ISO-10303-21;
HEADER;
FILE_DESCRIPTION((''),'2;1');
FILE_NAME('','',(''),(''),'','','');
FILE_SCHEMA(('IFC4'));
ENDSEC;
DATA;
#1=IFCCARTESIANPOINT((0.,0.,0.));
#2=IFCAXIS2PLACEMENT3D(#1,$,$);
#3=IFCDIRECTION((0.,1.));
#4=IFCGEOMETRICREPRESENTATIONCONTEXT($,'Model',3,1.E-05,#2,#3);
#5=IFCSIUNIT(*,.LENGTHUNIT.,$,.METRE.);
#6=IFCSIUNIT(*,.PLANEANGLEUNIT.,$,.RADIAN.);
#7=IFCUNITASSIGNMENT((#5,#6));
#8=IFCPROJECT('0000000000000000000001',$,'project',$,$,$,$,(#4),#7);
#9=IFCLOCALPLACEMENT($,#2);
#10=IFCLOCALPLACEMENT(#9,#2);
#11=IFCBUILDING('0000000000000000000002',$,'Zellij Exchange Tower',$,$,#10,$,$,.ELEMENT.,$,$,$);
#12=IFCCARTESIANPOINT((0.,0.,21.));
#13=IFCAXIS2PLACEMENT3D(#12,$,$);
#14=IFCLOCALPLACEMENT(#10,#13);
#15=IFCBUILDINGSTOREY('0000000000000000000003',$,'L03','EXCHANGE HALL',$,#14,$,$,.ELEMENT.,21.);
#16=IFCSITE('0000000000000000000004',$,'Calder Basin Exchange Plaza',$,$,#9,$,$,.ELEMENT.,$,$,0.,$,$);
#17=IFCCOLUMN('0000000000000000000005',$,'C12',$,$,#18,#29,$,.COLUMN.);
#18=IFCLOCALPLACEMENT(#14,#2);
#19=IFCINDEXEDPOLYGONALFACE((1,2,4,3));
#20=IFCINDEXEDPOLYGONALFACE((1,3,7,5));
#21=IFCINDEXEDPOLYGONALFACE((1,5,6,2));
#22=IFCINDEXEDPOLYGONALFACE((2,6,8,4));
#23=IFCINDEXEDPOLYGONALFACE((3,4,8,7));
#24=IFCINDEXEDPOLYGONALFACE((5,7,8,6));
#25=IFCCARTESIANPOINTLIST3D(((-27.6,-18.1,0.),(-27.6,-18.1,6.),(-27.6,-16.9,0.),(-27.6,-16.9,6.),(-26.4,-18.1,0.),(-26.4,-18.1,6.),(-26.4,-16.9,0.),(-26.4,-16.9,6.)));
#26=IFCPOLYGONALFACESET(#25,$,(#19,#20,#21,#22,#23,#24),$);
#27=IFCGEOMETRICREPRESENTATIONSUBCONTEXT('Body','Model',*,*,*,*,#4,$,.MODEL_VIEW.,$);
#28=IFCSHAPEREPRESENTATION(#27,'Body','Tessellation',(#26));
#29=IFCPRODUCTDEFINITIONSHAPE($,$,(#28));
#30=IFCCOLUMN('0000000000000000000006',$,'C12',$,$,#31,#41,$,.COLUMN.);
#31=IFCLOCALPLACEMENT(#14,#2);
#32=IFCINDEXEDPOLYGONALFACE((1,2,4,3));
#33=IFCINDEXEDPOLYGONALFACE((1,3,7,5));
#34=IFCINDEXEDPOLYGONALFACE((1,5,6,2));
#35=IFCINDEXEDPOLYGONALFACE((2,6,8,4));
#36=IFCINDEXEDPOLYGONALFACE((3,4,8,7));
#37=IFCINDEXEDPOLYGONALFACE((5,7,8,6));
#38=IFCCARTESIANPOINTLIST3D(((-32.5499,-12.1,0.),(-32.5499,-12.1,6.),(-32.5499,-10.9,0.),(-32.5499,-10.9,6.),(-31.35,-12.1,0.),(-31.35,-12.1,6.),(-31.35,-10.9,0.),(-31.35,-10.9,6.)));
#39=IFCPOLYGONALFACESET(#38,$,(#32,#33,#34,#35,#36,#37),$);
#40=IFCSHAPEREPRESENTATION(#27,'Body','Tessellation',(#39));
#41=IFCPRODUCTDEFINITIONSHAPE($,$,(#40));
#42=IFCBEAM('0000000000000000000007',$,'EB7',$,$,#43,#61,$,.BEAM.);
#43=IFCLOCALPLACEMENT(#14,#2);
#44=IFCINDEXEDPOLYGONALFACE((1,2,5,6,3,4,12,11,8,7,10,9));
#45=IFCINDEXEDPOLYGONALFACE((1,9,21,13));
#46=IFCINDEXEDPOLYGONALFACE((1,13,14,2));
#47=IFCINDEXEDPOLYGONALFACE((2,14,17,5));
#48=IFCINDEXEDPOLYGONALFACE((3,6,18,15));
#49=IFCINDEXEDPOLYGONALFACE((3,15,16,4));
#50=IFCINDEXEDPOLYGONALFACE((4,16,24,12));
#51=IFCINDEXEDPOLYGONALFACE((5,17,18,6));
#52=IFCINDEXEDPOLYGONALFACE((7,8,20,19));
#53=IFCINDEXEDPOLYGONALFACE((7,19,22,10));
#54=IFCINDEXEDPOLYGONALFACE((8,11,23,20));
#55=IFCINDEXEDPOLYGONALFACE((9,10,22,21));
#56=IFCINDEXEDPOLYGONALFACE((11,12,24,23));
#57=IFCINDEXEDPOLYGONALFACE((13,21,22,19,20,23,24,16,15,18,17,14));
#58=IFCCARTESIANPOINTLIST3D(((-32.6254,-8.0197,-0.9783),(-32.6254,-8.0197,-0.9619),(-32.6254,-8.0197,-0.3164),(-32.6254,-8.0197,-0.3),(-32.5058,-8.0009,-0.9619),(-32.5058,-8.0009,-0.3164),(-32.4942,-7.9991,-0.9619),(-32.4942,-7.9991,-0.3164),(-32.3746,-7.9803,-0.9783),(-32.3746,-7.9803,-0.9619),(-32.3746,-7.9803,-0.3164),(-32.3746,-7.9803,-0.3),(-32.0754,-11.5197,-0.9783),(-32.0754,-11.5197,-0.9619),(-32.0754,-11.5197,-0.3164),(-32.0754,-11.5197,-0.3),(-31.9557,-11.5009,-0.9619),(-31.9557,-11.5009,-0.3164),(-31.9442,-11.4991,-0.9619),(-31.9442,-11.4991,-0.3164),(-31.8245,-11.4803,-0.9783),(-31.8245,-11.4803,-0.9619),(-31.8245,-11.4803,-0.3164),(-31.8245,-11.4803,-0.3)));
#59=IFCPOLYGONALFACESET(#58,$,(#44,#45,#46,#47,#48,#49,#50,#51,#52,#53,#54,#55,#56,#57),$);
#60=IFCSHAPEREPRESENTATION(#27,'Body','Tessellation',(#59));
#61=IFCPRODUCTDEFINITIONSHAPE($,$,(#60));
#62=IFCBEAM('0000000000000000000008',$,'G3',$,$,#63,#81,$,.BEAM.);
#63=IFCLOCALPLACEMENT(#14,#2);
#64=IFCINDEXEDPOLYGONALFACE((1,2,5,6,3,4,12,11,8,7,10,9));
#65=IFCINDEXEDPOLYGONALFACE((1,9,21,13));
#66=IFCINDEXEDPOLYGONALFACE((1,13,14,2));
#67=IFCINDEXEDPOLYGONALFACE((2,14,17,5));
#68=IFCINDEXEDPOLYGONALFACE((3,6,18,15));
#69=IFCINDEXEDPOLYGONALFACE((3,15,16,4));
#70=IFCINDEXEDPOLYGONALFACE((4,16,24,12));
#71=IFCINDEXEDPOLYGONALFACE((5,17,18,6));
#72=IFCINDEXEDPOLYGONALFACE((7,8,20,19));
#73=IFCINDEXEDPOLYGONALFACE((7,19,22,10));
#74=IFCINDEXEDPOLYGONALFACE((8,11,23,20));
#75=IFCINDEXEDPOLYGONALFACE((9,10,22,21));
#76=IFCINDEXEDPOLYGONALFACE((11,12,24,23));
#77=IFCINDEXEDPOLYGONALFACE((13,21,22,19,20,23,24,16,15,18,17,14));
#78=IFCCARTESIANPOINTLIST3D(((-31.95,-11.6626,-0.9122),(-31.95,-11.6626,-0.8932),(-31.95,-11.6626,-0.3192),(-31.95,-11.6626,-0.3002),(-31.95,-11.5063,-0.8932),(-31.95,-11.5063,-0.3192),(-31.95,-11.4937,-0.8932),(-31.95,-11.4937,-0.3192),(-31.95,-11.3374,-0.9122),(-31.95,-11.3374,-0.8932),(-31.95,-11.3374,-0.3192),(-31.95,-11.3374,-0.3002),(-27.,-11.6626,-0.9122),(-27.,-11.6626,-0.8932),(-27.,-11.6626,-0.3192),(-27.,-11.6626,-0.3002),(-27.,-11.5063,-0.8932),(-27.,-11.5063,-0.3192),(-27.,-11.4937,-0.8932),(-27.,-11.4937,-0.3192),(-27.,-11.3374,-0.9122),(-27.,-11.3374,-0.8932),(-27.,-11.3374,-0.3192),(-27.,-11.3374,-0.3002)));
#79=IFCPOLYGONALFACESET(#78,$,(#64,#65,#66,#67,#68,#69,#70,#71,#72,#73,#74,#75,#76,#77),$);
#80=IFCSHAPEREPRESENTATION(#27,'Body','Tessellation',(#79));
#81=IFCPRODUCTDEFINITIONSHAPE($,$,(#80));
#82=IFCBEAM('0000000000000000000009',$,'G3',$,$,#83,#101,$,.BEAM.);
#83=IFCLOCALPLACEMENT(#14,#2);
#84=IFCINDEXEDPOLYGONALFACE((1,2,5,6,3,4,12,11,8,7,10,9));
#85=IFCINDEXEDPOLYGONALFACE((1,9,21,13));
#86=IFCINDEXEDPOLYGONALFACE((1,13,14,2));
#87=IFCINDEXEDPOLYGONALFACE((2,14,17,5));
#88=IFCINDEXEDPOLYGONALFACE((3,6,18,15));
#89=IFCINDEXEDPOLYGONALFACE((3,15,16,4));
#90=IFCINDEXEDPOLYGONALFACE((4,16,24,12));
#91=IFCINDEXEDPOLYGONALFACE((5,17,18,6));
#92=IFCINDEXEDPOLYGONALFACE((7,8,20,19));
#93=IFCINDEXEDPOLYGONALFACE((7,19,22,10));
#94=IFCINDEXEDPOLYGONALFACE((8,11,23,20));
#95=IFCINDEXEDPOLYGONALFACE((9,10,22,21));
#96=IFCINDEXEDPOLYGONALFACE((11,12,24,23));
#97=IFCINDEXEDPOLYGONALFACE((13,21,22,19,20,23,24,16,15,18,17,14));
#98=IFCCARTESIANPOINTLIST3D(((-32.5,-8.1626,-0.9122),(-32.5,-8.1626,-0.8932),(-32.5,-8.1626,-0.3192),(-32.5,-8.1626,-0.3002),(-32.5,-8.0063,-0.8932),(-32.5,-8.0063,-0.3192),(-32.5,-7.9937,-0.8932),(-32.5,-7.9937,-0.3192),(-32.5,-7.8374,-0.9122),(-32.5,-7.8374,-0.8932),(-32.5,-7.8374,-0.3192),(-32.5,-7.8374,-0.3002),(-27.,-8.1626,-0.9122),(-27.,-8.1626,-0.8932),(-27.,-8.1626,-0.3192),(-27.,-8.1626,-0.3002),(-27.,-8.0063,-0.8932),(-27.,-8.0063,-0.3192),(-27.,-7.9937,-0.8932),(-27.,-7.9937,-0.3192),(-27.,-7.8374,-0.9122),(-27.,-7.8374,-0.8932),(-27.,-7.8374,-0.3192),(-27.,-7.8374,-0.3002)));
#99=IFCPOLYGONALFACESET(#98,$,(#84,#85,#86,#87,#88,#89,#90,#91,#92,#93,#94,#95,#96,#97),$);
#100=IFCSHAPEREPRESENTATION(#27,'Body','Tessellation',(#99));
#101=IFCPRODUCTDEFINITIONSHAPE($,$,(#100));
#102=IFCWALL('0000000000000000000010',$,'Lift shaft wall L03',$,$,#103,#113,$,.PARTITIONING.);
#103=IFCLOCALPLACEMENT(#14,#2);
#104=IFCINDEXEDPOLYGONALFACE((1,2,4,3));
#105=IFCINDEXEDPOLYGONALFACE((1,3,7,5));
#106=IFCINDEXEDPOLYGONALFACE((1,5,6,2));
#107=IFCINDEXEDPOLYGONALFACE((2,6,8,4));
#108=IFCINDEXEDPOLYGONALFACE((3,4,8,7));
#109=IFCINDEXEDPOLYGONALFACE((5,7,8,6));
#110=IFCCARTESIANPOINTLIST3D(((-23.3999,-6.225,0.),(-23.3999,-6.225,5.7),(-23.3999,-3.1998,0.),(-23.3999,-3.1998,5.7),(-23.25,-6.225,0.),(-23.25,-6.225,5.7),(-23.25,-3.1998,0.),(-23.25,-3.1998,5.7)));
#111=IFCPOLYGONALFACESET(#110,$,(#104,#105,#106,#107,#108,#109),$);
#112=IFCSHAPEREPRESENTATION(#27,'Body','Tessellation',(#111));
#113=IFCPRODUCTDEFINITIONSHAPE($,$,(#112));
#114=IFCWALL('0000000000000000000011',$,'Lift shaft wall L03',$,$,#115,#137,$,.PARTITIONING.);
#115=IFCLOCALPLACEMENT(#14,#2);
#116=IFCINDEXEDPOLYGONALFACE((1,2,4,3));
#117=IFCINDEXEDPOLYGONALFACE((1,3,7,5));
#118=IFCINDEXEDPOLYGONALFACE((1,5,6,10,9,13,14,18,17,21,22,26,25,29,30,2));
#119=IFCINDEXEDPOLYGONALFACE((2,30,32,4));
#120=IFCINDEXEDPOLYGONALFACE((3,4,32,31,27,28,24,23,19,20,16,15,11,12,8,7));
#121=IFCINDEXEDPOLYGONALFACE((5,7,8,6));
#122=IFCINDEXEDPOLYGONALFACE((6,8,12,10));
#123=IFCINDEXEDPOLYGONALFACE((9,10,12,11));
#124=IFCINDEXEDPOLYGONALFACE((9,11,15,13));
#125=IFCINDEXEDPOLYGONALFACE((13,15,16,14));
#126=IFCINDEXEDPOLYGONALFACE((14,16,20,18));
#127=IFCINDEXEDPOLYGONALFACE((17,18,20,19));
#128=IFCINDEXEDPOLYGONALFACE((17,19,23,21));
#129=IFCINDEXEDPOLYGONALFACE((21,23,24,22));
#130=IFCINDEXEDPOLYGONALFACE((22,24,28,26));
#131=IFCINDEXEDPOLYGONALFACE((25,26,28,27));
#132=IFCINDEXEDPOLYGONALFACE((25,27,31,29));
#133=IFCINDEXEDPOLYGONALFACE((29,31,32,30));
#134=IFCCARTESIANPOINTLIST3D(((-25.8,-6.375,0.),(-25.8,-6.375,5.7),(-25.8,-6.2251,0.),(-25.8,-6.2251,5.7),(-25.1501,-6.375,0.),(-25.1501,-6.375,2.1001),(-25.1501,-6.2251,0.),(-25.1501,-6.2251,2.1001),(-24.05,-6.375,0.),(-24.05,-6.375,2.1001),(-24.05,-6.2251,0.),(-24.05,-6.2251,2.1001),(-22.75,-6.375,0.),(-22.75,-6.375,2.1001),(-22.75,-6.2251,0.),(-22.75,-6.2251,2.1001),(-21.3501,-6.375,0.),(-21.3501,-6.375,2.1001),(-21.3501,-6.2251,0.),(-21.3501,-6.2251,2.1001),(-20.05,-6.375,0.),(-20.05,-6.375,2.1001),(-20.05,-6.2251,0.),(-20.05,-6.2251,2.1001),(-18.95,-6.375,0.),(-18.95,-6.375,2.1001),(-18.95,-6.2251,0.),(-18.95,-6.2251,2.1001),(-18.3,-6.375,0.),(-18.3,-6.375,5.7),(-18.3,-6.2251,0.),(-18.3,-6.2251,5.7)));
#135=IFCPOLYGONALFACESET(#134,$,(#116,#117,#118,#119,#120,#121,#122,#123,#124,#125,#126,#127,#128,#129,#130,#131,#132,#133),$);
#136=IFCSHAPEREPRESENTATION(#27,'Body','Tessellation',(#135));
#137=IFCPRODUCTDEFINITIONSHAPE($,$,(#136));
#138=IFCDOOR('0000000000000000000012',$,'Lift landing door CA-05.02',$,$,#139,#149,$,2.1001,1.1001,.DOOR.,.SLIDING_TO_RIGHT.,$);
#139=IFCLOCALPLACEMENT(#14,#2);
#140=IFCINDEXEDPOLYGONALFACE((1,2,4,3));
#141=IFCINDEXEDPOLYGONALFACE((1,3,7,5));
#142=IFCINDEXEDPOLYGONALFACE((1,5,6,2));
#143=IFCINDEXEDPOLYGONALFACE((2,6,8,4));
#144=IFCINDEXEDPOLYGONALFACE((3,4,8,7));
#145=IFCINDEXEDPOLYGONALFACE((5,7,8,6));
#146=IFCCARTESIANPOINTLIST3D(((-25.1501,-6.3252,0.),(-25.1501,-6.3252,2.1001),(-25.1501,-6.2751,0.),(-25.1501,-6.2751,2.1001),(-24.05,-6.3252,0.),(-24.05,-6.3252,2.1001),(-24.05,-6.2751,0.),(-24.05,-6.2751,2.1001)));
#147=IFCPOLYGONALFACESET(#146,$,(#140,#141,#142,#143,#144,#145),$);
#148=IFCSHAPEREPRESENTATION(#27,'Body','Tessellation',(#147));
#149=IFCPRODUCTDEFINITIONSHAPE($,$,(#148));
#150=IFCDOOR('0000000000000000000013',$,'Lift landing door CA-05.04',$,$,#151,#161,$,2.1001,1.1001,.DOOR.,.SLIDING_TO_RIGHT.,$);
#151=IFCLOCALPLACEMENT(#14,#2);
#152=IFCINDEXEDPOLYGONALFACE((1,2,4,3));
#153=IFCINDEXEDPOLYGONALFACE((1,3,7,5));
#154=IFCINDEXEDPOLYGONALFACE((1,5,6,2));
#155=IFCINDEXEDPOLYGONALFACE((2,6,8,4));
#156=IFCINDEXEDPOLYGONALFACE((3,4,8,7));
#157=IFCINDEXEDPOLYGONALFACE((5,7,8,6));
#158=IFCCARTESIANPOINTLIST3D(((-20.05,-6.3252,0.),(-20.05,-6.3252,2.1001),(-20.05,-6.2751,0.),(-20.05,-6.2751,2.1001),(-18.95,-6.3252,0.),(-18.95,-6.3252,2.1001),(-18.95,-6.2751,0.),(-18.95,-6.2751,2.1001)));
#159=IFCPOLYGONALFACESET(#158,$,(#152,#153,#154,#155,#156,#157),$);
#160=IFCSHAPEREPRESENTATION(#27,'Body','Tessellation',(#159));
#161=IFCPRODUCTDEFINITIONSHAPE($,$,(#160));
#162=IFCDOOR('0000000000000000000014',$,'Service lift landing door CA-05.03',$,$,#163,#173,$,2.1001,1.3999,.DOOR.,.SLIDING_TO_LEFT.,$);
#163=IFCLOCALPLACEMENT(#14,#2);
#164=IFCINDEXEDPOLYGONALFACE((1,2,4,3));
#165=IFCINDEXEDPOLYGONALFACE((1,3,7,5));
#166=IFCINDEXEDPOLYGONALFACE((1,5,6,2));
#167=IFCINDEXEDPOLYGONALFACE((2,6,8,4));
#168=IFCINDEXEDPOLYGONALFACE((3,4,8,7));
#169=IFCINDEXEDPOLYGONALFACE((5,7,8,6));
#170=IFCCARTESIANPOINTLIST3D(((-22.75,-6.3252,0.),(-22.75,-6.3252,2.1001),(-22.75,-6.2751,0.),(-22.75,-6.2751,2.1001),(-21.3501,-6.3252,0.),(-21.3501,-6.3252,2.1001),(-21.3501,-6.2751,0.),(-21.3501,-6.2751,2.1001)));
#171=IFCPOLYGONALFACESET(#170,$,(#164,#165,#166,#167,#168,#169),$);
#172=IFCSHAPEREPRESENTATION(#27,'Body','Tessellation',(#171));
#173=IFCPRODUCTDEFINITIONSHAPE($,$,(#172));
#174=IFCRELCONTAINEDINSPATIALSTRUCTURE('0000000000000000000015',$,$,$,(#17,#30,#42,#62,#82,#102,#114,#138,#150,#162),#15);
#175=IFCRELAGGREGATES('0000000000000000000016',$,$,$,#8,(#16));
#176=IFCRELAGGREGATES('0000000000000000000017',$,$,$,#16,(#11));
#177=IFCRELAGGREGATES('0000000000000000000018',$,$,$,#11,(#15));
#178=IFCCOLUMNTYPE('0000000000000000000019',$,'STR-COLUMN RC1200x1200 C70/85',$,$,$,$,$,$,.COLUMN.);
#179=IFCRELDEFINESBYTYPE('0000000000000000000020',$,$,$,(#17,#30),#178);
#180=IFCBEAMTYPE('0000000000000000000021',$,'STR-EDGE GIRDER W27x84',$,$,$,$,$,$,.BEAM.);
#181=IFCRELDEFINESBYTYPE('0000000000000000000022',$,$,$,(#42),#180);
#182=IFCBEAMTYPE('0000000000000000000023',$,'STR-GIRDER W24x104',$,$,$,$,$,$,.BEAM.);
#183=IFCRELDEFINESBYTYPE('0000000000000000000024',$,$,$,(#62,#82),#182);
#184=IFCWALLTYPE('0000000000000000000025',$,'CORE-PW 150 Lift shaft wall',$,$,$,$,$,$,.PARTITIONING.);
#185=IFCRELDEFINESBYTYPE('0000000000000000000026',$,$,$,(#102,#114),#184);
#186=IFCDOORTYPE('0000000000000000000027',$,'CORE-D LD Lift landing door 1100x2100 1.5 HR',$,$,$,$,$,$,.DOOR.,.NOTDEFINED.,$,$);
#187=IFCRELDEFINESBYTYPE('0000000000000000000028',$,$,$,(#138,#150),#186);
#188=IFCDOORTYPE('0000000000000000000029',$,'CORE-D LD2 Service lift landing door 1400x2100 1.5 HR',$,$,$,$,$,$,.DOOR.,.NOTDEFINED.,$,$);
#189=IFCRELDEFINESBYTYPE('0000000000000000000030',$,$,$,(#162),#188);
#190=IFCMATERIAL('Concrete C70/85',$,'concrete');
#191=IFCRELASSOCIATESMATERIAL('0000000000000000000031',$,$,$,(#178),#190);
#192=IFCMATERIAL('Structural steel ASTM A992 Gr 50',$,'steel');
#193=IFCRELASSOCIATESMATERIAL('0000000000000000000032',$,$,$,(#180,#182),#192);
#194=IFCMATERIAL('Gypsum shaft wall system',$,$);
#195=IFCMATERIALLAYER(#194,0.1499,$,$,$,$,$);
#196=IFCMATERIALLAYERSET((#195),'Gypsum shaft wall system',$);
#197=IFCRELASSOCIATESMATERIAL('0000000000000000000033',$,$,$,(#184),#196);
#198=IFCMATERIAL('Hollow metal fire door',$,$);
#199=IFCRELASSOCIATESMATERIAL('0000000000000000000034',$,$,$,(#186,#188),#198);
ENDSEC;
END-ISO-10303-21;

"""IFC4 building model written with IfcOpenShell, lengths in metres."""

from ifc_helpers import new_model, si_unit, direction, frame, frame_2d, origin, origin_2d, place, context, subcontext, project, spatial, rectangle, i_section, extrude, material, layer, layer_set, material_profile, profile_set, type_object, element, fill, save


model = new_model("IFC4")

# Units and contexts
model_context = context("Model", 3, precision=1e-05, world=origin(), true_north=direction((0.0, 1.0)))
body_context = subcontext(model_context, "Body", "Model", "MODEL_VIEW")
ifc_project = project(units=[si_unit("LENGTHUNIT", "METRE"), si_unit("PLANEANGLEUNIT", "RADIAN")], contexts=[model_context])

# Site, building, storey
site_placement = place(None, origin())
site = spatial("IfcSite", under=ifc_project, at=site_placement, Name="Calder Basin Exchange Plaza", CompositionType="ELEMENT", RefElevation=0.0)
building_placement = place(site_placement, origin())
building = spatial("IfcBuilding", under=site, at=building_placement, Name="Zellij Exchange Tower", CompositionType="ELEMENT")
storey_placement = place(building_placement, frame((0.0, 0.0, 21.0)))
storey = spatial("IfcBuildingStorey", under=building, at=storey_placement, Name="L03", Description="EXCHANGE HALL", CompositionType="ELEMENT", Elevation=21.0)

# Columns
ifc_material_1 = material(Name="Concrete C70/85", Category="concrete")
ifc_material_profile_1 = material_profile(ifc_material_1, rectangle(XDim=1.2, YDim=1.2, at=origin_2d()), Name="STR-COLUMN RC1200x1200 C70/85")
ifc_profile_set_1 = profile_set([ifc_material_profile_1], Name="Concrete C70/85")
column_type = type_object("IfcColumnType", Name="STR-COLUMN RC1200x1200 C70/85", PredefinedType="COLUMN", material=ifc_profile_set_1)
for number, where, z_axis, x_axis, name in (
    (1, (-27.0, -17.5, 0.0), (0.0, 0.0, 1.0), (1.0, 0.0, 0.0), "C12"),
    (2, (-31.95, -11.5, 0.0), (0.0, 0.0, 1.0), (1.0, 0.0, 0.0), "C12"),
):
    element("IfcColumn", number, at=place(storey_placement, frame(where, z_axis=z_axis, x_axis=x_axis)), inside=storey, type_object=column_type, Name=name, PredefinedType="COLUMN", context=body_context, shape_type="SweptSolid", body=[
        extrude(rectangle(XDim=1.2, YDim=1.2, at=origin_2d()), origin(), (0.0, 0.0, 1.0), 6.0),
    ])

# Beams
ifc_material_2 = material(Name="Structural steel ASTM A992 Gr 50", Category="steel")
ifc_material_profile_2 = material_profile(ifc_material_2, i_section(OverallWidth=0.2539, OverallDepth=0.6782, WebThickness=0.0117, FlangeThickness=0.0164, at=origin_2d()), Name="W27x84")
ifc_profile_set_2 = profile_set([ifc_material_profile_2], Name="Structural steel ASTM A992 Gr 50")
beam_type_1 = type_object("IfcBeamType", Name="STR-EDGE GIRDER W27x84", PredefinedType="BEAM", material=ifc_profile_set_2)
beam_1_placement = place(storey_placement, frame((-31.95, -11.5, -0.6392), z_axis=(-0.155251, 0.987875, 0.0), x_axis=(-0.987875, -0.155251, 0.0)))
element("IfcBeam", 3, at=beam_1_placement, inside=storey, type_object=beam_type_1, Name="EB7", PredefinedType="BEAM", context=body_context, shape_type="SweptSolid", body=[
    extrude(i_section(OverallWidth=0.2539, OverallDepth=0.6782, WebThickness=0.0117, FlangeThickness=0.0164, at=origin_2d()), origin(), (0.0, 0.0, 1.0), 3.543),
])
ifc_material_profile_3 = material_profile(ifc_material_2, i_section(OverallWidth=0.3252, OverallDepth=0.6121, WebThickness=0.0127, FlangeThickness=0.019, at=origin_2d()), Name="W24x104")
ifc_profile_set_3 = profile_set([ifc_material_profile_3], Name="Structural steel ASTM A992 Gr 50")
beam_type_2 = type_object("IfcBeamType", Name="STR-GIRDER W24x104", PredefinedType="BEAM", material=ifc_profile_set_3)
beam_2_placement = place(storey_placement, frame((-31.95, -11.5, -0.6062), z_axis=(1.0, 0.0, 0.0), x_axis=(0.0, 1.0, 0.0)))
element("IfcBeam", 4, at=beam_2_placement, inside=storey, type_object=beam_type_2, Name="G3", PredefinedType="BEAM", context=body_context, shape_type="SweptSolid", body=[
    extrude(i_section(OverallWidth=0.3252, OverallDepth=0.6121, WebThickness=0.0127, FlangeThickness=0.019, at=origin_2d()), origin(), (0.0, 0.0, 1.0), 4.95),
])
beam_3_placement = place(storey_placement, frame((-32.5, -8.0, -0.6062), z_axis=(1.0, 0.0, 0.0), x_axis=(0.0, 1.0, 0.0)))
element("IfcBeam", 5, at=beam_3_placement, inside=storey, type_object=beam_type_2, Name="G3", PredefinedType="BEAM", context=body_context, shape_type="SweptSolid", body=[
    extrude(i_section(OverallWidth=0.3252, OverallDepth=0.6121, WebThickness=0.0127, FlangeThickness=0.019, at=origin_2d()), origin(), (0.0, 0.0, 1.0), 5.5),
])

# Wall
ifc_material_3 = material(Name="Gypsum shaft wall system")
ifc_layer_1 = layer(ifc_material_3, 0.1499)
ifc_layer_set_1 = layer_set([ifc_layer_1], Name="Gypsum shaft wall system")
wall_type_1 = type_object("IfcWallType", Name="CORE-PW 150 Lift shaft wall", PredefinedType="PARTITIONING", material=ifc_layer_set_1)
wall_1_placement = place(storey_placement, frame((-23.325, -6.2251, 0.0), z_axis=(0.0, 0.0, 1.0), x_axis=(0.0, 1.0, 0.0)))
element("IfcWall", 6, at=wall_1_placement, inside=storey, type_object=wall_type_1, Name="Lift shaft wall L03", PredefinedType="PARTITIONING", context=body_context, shape_type="SweptSolid", body=[
    extrude(rectangle(XDim=3.0251, YDim=0.1499, at=frame_2d((1.5127, 0.0))), origin(), (0.0, 0.0, 1.0), 5.7),
])

# Wall, openings, doors
wall_2_placement = place(storey_placement, frame((-25.8, -6.3, 0.0), z_axis=(0.0, 0.0, 1.0), x_axis=(1.0, 0.0, 0.0)))
wall_2 = element("IfcWall", 7, at=wall_2_placement, inside=storey, type_object=wall_type_1, Name="Lift shaft wall L03", PredefinedType="PARTITIONING", context=body_context, shape_type="SweptSolid", body=[
    extrude(rectangle(XDim=7.5, YDim=0.1499, at=frame_2d((3.75, 0.0))), origin(), (0.0, 0.0, 1.0), 5.7),
])
opening_1_placement = place(wall_2_placement, frame((0.6499, 0.0, 0.0)))
opening_1 = element("IfcOpeningElement", 8, at=opening_1_placement, cuts=wall_2, PredefinedType="OPENING", context=body_context, shape_type="SweptSolid", body=[
    extrude(rectangle(XDim=1.1001, YDim=2.1001, at=frame_2d((0.55, 1.05))), frame((0.0, 0.0869, 0.0), z_axis=(0.0, -1.0, 0.0), x_axis=(1.0, 0.0, 0.0)), (0.0, 0.0, 1.0), 0.1738),
])
opening_2_placement = place(wall_2_placement, frame((3.05, 0.0, 0.0)))
opening_2 = element("IfcOpeningElement", 9, at=opening_2_placement, cuts=wall_2, PredefinedType="OPENING", context=body_context, shape_type="SweptSolid", body=[
    extrude(rectangle(XDim=1.3999, YDim=2.1001, at=frame_2d((0.7, 1.05))), frame((0.0, 0.0869, 0.0), z_axis=(0.0, -1.0, 0.0), x_axis=(1.0, 0.0, 0.0)), (0.0, 0.0, 1.0), 0.1738),
])
opening_3_placement = place(wall_2_placement, frame((5.75, 0.0, 0.0)))
opening_3 = element("IfcOpeningElement", 10, at=opening_3_placement, cuts=wall_2, PredefinedType="OPENING", context=body_context, shape_type="SweptSolid", body=[
    extrude(rectangle(XDim=1.1001, YDim=2.1001, at=frame_2d((0.55, 1.05))), frame((0.0, 0.0869, 0.0), z_axis=(0.0, -1.0, 0.0), x_axis=(1.0, 0.0, 0.0)), (0.0, 0.0, 1.0), 0.1738),
])
ifc_material_4 = material(Name="Hollow metal fire door")
door_type_1 = type_object("IfcDoorType", Name="CORE-D LD Lift landing door 1100x2100 1.5 HR", OperationType="NOTDEFINED", PredefinedType="DOOR", material=ifc_material_4)
door_1_placement = place(opening_1_placement, origin())
door_1 = element("IfcDoor", 11, at=door_1_placement, inside=storey, type_object=door_type_1, Name="Lift landing door CA-05.02", OperationType="SLIDING_TO_RIGHT", OverallHeight=2.1001, OverallWidth=1.1001, PredefinedType="DOOR", context=body_context, shape_type="SweptSolid", body=[
    extrude(rectangle(XDim=1.1001, YDim=2.1001, at=frame_2d((0.55, 1.05))), frame((0.0, 0.0249, 0.0), z_axis=(0.0, -1.0, 0.0), x_axis=(1.0, 0.0, 0.0)), (0.0, 0.0, 1.0), 0.05),
])
fill(opening_1, door_1)
door_2_placement = place(opening_3_placement, origin())
door_2 = element("IfcDoor", 12, at=door_2_placement, inside=storey, type_object=door_type_1, Name="Lift landing door CA-05.04", OperationType="SLIDING_TO_RIGHT", OverallHeight=2.1001, OverallWidth=1.1001, PredefinedType="DOOR", context=body_context, shape_type="SweptSolid", body=[
    extrude(rectangle(XDim=1.1001, YDim=2.1001, at=frame_2d((0.55, 1.05))), frame((0.0, 0.0249, 0.0), z_axis=(0.0, -1.0, 0.0), x_axis=(1.0, 0.0, 0.0)), (0.0, 0.0, 1.0), 0.05),
])
fill(opening_3, door_2)
door_type_2 = type_object("IfcDoorType", Name="CORE-D LD2 Service lift landing door 1400x2100 1.5 HR", OperationType="NOTDEFINED", PredefinedType="DOOR", material=ifc_material_4)
door_3_placement = place(opening_2_placement, origin())
door_3 = element("IfcDoor", 13, at=door_3_placement, inside=storey, type_object=door_type_2, Name="Service lift landing door CA-05.03", OperationType="SLIDING_TO_LEFT", OverallHeight=2.1001, OverallWidth=1.3999, PredefinedType="DOOR", context=body_context, shape_type="SweptSolid", body=[
    extrude(rectangle(XDim=1.3999, YDim=2.1001, at=frame_2d((0.7, 1.05))), frame((0.0, 0.0249, 0.0), z_axis=(0.0, -1.0, 0.0), x_axis=(1.0, 0.0, 0.0)), (0.0, 0.0, 1.0), 0.05),
])
fill(opening_2, door_3)

save(model, "model.ifc")
